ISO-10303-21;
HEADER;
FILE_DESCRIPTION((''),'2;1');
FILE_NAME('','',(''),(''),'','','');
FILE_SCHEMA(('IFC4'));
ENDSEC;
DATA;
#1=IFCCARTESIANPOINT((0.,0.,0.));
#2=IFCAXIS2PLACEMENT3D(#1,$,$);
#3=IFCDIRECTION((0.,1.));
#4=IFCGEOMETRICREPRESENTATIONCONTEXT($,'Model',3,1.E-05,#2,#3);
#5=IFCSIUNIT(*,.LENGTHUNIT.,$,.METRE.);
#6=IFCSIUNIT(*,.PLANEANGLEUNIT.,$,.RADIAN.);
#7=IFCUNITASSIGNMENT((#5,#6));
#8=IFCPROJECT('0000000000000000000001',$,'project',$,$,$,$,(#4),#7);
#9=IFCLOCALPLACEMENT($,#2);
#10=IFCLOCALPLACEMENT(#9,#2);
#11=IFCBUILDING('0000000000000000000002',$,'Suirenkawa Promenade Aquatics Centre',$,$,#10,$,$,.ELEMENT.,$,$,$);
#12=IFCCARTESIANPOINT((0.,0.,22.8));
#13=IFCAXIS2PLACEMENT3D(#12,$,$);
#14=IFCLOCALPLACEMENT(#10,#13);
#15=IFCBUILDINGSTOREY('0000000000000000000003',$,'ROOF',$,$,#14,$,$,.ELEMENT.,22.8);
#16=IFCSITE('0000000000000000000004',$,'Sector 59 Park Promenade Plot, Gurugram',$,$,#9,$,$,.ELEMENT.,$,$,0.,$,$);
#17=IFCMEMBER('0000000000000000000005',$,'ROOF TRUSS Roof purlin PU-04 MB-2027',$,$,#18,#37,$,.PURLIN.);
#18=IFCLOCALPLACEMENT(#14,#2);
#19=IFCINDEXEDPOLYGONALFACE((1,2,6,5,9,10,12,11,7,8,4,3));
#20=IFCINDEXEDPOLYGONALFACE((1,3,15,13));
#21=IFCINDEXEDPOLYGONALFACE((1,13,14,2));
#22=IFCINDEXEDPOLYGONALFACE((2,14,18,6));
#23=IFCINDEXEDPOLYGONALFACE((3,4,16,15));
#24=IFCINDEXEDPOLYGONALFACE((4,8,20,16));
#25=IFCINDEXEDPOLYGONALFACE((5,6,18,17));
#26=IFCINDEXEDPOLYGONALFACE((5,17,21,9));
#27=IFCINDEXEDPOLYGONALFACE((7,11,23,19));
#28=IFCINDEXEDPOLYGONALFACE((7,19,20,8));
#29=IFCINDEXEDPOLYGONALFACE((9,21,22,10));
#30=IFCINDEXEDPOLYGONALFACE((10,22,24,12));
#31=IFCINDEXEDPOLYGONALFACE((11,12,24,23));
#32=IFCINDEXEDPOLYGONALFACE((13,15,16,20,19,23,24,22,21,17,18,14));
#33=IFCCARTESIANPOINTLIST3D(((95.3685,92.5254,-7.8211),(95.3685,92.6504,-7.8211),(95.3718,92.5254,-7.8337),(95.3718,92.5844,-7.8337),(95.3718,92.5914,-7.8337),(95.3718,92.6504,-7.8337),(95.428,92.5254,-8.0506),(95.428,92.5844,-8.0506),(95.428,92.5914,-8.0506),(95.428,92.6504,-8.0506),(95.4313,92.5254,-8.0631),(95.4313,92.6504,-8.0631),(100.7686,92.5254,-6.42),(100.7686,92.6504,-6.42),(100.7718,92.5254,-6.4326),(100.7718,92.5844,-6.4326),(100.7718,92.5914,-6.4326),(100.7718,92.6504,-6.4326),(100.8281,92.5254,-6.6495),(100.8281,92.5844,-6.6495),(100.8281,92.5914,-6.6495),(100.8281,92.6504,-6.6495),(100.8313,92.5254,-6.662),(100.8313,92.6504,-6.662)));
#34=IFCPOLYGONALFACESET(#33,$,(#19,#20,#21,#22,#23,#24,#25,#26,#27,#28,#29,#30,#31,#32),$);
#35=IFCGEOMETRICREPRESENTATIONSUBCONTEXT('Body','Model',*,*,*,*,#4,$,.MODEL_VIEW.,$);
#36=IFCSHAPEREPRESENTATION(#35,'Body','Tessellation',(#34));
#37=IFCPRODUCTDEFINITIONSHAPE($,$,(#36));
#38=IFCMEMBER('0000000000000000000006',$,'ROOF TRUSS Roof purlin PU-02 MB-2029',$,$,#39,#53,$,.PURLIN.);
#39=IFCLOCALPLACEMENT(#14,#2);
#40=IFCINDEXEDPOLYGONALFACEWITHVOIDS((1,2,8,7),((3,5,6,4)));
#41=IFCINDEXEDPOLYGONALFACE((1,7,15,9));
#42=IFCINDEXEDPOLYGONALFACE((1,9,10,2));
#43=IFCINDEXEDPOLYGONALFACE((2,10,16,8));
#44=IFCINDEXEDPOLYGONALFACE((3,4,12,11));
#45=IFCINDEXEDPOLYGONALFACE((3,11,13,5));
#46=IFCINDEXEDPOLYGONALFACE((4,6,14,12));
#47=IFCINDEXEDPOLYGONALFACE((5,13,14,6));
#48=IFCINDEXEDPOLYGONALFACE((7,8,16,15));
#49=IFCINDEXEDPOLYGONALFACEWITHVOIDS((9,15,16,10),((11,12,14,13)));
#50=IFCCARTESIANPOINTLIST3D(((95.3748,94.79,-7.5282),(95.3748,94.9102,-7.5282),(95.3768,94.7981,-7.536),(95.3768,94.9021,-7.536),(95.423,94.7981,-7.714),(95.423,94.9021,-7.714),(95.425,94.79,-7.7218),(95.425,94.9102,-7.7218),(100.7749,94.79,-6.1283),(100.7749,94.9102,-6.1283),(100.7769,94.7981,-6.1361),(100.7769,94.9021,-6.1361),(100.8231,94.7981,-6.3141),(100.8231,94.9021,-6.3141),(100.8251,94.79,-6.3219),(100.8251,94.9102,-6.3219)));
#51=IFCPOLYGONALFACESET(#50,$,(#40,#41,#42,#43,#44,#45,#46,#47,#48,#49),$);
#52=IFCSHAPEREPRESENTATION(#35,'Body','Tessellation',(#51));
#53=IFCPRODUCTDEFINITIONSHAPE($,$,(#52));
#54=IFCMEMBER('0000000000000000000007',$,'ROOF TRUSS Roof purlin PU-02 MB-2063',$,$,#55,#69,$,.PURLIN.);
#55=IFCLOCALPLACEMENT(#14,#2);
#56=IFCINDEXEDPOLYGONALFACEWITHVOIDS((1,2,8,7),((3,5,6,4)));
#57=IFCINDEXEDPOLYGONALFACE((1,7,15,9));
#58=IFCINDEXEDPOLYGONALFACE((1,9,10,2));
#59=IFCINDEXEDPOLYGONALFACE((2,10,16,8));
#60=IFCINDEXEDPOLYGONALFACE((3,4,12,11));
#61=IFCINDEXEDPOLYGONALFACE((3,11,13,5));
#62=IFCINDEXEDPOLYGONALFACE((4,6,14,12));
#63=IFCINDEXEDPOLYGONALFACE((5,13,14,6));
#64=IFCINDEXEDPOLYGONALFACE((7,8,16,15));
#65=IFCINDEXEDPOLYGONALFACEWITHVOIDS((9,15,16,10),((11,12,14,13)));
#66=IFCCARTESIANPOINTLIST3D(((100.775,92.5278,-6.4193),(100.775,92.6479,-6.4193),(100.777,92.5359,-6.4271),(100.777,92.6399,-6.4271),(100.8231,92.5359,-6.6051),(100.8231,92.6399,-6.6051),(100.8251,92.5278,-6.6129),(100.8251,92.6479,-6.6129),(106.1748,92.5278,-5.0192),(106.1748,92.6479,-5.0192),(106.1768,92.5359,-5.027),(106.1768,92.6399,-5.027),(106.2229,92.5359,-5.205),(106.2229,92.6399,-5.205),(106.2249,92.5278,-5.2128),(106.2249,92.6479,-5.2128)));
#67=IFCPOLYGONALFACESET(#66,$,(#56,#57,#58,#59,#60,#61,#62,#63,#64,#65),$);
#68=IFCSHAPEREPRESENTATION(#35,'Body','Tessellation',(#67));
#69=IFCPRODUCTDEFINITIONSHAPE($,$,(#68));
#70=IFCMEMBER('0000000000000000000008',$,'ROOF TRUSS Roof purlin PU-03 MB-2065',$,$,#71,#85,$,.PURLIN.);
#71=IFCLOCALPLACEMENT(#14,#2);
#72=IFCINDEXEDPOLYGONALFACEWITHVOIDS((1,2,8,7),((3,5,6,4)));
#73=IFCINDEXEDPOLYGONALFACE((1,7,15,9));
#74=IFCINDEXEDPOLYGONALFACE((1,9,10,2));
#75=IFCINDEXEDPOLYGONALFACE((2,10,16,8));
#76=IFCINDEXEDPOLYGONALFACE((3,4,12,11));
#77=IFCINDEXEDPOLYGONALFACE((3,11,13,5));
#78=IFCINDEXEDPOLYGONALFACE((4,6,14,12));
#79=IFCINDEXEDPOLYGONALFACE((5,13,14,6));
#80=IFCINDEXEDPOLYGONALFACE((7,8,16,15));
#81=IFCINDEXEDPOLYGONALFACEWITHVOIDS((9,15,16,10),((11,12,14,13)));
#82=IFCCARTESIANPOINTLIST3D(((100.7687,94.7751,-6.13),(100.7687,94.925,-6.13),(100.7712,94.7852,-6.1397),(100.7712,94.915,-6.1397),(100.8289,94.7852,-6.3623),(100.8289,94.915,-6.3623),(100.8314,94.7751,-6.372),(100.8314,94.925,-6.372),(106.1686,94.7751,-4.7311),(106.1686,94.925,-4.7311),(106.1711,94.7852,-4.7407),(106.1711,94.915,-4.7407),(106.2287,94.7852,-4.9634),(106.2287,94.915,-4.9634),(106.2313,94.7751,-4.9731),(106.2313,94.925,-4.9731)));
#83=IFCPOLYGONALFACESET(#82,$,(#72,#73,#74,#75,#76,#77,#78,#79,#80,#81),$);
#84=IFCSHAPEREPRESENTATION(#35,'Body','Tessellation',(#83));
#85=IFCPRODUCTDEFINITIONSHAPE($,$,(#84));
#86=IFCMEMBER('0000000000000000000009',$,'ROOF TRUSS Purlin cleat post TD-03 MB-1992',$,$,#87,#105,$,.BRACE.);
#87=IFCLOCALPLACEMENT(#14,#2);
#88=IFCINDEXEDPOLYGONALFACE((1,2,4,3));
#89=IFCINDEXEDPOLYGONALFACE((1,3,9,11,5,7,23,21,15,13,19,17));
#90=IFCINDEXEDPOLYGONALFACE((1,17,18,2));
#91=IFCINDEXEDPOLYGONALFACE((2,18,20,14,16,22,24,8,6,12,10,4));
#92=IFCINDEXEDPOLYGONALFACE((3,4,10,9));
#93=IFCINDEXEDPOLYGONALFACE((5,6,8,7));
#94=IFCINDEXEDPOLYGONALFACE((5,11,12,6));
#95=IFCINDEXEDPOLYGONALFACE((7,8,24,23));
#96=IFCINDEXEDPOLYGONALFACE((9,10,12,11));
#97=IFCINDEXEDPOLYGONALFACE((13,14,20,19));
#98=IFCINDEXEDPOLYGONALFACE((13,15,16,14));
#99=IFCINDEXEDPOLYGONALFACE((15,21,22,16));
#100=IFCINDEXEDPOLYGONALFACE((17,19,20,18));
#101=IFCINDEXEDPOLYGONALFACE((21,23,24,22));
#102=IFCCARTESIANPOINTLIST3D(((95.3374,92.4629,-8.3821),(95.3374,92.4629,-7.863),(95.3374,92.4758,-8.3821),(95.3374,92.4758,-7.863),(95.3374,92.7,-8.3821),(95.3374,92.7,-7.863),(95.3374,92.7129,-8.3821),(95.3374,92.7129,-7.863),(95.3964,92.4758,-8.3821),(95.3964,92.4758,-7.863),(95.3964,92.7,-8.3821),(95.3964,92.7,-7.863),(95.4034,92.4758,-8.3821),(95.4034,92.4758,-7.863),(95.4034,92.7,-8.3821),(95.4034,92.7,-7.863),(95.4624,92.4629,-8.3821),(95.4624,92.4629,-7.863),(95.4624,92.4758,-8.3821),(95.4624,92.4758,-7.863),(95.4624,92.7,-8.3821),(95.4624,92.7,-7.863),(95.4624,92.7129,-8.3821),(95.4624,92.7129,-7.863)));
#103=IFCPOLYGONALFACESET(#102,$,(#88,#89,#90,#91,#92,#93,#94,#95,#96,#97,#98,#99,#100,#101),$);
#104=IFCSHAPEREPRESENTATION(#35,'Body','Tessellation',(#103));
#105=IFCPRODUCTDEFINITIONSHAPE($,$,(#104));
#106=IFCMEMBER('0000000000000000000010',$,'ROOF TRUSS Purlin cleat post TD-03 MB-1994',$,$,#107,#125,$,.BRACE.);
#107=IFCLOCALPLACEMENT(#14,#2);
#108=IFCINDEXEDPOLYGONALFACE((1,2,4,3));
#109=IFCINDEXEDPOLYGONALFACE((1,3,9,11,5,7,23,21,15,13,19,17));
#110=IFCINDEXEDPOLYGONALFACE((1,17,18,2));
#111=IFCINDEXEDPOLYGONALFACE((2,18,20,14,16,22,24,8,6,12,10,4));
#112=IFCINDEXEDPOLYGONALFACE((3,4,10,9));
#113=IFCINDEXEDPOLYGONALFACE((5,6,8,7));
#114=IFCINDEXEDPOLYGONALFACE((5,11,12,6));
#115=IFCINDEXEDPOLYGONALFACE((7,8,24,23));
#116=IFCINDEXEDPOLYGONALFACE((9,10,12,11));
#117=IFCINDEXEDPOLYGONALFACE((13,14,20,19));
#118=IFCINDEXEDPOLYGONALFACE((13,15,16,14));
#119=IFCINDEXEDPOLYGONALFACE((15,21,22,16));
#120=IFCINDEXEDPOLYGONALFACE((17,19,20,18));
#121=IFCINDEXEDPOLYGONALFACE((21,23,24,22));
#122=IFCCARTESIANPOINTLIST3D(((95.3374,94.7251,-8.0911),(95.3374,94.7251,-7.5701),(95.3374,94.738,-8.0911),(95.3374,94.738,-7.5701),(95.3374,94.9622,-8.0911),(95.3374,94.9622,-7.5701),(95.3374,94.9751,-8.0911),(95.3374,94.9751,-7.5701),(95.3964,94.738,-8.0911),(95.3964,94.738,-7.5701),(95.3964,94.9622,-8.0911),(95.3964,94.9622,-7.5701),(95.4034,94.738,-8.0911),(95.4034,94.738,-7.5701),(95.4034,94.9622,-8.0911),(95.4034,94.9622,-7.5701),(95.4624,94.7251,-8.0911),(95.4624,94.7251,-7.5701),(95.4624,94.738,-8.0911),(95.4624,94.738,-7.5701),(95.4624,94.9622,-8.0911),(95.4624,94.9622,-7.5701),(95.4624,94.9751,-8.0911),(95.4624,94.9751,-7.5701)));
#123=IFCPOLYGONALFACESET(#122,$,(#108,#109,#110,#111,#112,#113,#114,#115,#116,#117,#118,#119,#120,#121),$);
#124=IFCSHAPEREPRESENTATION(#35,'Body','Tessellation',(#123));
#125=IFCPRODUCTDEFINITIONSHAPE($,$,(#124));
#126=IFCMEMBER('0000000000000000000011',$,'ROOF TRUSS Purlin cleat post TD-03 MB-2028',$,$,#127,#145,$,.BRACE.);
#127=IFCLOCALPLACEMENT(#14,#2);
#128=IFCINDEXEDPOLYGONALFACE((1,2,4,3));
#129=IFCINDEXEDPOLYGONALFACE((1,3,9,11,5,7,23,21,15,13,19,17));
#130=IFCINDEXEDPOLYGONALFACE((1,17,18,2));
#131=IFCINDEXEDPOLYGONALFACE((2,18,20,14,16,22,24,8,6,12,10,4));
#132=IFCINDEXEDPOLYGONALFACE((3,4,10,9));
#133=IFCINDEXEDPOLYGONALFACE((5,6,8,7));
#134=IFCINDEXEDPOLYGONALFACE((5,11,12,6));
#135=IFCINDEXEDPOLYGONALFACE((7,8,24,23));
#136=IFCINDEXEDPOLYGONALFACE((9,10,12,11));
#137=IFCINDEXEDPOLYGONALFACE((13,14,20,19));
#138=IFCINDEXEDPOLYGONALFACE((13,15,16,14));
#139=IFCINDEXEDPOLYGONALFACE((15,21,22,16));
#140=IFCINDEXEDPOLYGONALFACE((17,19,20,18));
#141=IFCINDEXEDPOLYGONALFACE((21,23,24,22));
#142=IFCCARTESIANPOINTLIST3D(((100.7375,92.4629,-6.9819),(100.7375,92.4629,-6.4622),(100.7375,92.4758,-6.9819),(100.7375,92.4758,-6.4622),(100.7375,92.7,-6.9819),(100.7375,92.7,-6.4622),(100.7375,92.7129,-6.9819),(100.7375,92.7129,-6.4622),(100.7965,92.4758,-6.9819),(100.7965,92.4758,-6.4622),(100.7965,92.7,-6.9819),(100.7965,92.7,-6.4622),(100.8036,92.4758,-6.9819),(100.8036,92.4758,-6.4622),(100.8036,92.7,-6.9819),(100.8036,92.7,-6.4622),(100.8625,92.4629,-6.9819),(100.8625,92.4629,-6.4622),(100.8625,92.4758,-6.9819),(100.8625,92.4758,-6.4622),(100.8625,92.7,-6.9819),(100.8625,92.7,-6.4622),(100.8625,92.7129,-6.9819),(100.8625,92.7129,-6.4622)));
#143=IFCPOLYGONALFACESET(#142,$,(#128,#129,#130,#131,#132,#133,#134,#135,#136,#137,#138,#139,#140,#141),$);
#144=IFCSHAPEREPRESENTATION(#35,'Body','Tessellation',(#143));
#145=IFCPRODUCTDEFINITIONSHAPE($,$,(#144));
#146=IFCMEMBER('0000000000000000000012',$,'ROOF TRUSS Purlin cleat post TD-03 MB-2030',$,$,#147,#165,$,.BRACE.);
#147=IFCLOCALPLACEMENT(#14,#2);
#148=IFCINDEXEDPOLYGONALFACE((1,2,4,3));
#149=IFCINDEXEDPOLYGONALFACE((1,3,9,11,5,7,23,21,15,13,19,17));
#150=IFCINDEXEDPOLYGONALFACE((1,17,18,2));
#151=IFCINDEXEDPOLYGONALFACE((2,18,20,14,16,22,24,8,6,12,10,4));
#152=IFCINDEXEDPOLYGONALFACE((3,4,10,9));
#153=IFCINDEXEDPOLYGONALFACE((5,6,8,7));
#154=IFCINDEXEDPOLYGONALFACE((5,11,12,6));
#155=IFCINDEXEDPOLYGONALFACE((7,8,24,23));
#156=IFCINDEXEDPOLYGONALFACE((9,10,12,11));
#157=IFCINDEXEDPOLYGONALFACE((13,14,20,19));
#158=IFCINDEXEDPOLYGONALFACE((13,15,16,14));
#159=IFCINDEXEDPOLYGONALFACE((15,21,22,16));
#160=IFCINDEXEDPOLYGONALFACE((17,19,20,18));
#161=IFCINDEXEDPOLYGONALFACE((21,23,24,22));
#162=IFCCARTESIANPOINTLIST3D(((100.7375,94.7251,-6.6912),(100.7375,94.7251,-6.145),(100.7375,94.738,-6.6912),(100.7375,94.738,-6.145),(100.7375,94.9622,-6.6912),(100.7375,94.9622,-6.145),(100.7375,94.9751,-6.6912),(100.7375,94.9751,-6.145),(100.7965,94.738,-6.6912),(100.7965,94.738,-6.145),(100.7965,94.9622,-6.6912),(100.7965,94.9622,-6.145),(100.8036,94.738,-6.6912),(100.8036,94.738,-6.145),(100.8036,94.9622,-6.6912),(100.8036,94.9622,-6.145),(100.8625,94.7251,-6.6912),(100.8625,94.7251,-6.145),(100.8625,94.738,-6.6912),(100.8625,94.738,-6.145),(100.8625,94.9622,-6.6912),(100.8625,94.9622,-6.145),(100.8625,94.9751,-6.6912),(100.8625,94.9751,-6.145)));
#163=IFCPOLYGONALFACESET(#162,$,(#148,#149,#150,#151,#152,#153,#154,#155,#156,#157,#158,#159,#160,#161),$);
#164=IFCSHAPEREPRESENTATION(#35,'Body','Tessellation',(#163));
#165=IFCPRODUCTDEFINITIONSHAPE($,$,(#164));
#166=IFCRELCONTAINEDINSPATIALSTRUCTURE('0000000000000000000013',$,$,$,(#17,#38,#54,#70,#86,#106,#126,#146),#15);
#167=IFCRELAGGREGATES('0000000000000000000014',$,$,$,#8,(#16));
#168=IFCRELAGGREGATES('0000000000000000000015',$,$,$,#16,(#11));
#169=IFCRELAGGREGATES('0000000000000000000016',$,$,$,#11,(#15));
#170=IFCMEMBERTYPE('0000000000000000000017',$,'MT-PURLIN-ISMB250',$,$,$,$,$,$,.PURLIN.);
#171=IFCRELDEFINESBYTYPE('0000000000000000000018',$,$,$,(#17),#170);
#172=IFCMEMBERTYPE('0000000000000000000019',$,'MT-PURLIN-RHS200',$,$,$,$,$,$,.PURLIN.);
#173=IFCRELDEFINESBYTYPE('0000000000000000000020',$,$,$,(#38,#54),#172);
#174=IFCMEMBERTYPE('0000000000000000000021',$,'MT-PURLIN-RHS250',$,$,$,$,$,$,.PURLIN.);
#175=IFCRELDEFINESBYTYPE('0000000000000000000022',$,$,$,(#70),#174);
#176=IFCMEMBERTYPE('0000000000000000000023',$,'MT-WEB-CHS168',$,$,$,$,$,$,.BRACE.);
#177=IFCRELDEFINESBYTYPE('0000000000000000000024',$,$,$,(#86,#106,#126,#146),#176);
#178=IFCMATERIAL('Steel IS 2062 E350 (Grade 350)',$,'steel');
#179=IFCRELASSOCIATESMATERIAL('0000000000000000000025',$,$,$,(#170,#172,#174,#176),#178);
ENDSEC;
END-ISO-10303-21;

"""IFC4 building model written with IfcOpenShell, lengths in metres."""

from ifc_helpers import new_model, si_unit, direction, frame, origin, origin_2d, place, context, subcontext, project, spatial, hollow_rectangle, i_section, extrude, material, material_profile, profile_set, type_object, element, save


model = new_model("IFC4")

# Units and contexts
model_context = context("Model", 3, precision=1e-05, world=origin(), true_north=direction((0.0, 1.0)))
body_context = subcontext(model_context, "Body", "Model", "MODEL_VIEW")
ifc_project = project(units=[si_unit("LENGTHUNIT", "METRE"), si_unit("PLANEANGLEUNIT", "RADIAN")], contexts=[model_context])

# Site, building, storey
site_placement = place(None, origin())
site = spatial("IfcSite", under=ifc_project, at=site_placement, Name="Sector 59 Park Promenade Plot, Gurugram", CompositionType="ELEMENT", RefElevation=0.0)
building_placement = place(site_placement, origin())
building = spatial("IfcBuilding", under=site, at=building_placement, Name="Suirenkawa Promenade Aquatics Centre", CompositionType="ELEMENT")
storey_placement = place(building_placement, frame((0.0, 0.0, 22.8)))
storey = spatial("IfcBuildingStorey", under=building, at=storey_placement, Name="ROOF", CompositionType="ELEMENT", Elevation=22.8)

# Shared definitions
ifc_material = material(Name="Steel IS 2062 E350 (Grade 350)", Category="steel")

# Members
ifc_material_profile_1 = material_profile(ifc_material, i_section(OverallWidth=0.125, OverallDepth=0.25, WebThickness=0.0071, FlangeThickness=0.0129, at=origin_2d()), Name="ISMB 250", Category="steel")
ifc_profile_set_1 = profile_set([ifc_material_profile_1], Name="Steel IS 2062 E350 (Grade 350)")
member_type_1 = type_object("IfcMemberType", Name="MT-PURLIN-ISMB250", PredefinedType="PURLIN", material=ifc_profile_set_1)
member_1_placement = place(storey_placement, frame((95.3999, 92.5879, -7.9421), z_axis=(0.96795, 0.0, 0.251144), x_axis=(0.0, 1.0, 0.0)))
element("IfcMember", 1, at=member_1_placement, inside=storey, type_object=member_type_1, Name="ROOF TRUSS Roof purlin PU-04 MB-2027", PredefinedType="PURLIN", context=body_context, shape_type="SweptSolid", body=[
    extrude(i_section(OverallWidth=0.125, OverallDepth=0.25, WebThickness=0.0071, FlangeThickness=0.0129, at=origin_2d()), origin(), (0.0, 0.0, 1.0), 5.5789),
])
ifc_material_profile_2 = material_profile(ifc_material, hollow_rectangle(XDim=0.1201, YDim=0.2, WallThickness=0.0081, at=origin_2d()), Name="RHS 200x120x8", Category="steel")
ifc_profile_set_2 = profile_set([ifc_material_profile_2], Name="Steel IS 2062 E350 (Grade 350)")
member_type_2 = type_object("IfcMemberType", Name="MT-PURLIN-RHS200", PredefinedType="PURLIN", material=ifc_profile_set_2)
member_2_placement = place(storey_placement, frame((95.3999, 94.8501, -7.625), z_axis=(0.968003, 0.0, 0.250939), x_axis=(0.0, 1.0, 0.0)))
element("IfcMember", 2, at=member_2_placement, inside=storey, type_object=member_type_2, Name="ROOF TRUSS Roof purlin PU-02 MB-2029", PredefinedType="PURLIN", context=body_context, shape_type="SweptSolid", body=[
    extrude(hollow_rectangle(XDim=0.1201, YDim=0.2, WallThickness=0.0081, at=origin_2d()), origin(), (0.0, 0.0, 1.0), 5.5786),
])
member_3_placement = place(storey_placement, frame((100.8, 92.5879, -6.5161), z_axis=(0.967989, 0.0, 0.250991), x_axis=(0.0, 1.0, 0.0)))
element("IfcMember", 3, at=member_3_placement, inside=storey, type_object=member_type_2, Name="ROOF TRUSS Roof purlin PU-02 MB-2063", PredefinedType="PURLIN", context=body_context, shape_type="SweptSolid", body=[
    extrude(hollow_rectangle(XDim=0.1201, YDim=0.2, WallThickness=0.0081, at=origin_2d()), origin(), (0.0, 0.0, 1.0), 5.5784),
])
ifc_material_profile_3 = material_profile(ifc_material, hollow_rectangle(XDim=0.1499, YDim=0.25, WallThickness=0.01, at=origin_2d()), Name="RHS 250x150x10", Category="steel")
ifc_profile_set_3 = profile_set([ifc_material_profile_3], Name="Steel IS 2062 E350 (Grade 350)")
member_type_3 = type_object("IfcMemberType", Name="MT-PURLIN-RHS250", PredefinedType="PURLIN", material=ifc_profile_set_3)
member_4_placement = place(storey_placement, frame((100.8, 94.8501, -6.251), z_axis=(0.968043, 0.0, 0.250786), x_axis=(0.0, 1.0, 0.0)))
element("IfcMember", 4, at=member_4_placement, inside=storey, type_object=member_type_3, Name="ROOF TRUSS Roof purlin PU-03 MB-2065", PredefinedType="PURLIN", context=body_context, shape_type="SweptSolid", body=[
    extrude(hollow_rectangle(XDim=0.1499, YDim=0.25, WallThickness=0.01, at=origin_2d()), origin(), (0.0, 0.0, 1.0), 5.5781),
])
ifc_material_profile_4 = material_profile(ifc_material, i_section(OverallWidth=0.125, OverallDepth=0.25, WebThickness=0.0071, FlangeThickness=0.0129, at=origin_2d()), Name="ISMB 250", Category="steel")
ifc_profile_set_4 = profile_set([ifc_material_profile_4], Name="Steel IS 2062 E350 (Grade 350)")
member_type_4 = type_object("IfcMemberType", Name="MT-WEB-CHS168", PredefinedType="BRACE", material=ifc_profile_set_4)
member_5_placement = place(storey_placement, frame((95.3999, 92.5879, -8.3821), z_axis=(0.0, 0.0, 1.0), x_axis=(1.0, 0.0, 0.0)))
element("IfcMember", 5, at=member_5_placement, inside=storey, type_object=member_type_4, Name="ROOF TRUSS Purlin cleat post TD-03 MB-1992", PredefinedType="BRACE", context=body_context, shape_type="SweptSolid", body=[
    extrude(i_section(OverallWidth=0.125, OverallDepth=0.25, WebThickness=0.0071, FlangeThickness=0.0129, at=origin_2d()), origin(), (0.0, 0.0, 1.0), 0.519),
])
member_6_placement = place(storey_placement, frame((95.3999, 94.8501, -8.0911), z_axis=(0.0, 0.0, 1.0), x_axis=(1.0, 0.0, 0.0)))
element("IfcMember", 6, at=member_6_placement, inside=storey, type_object=member_type_4, Name="ROOF TRUSS Purlin cleat post TD-03 MB-1994", PredefinedType="BRACE", context=body_context, shape_type="SweptSolid", body=[
    extrude(i_section(OverallWidth=0.125, OverallDepth=0.25, WebThickness=0.0071, FlangeThickness=0.0129, at=origin_2d()), origin(), (0.0, 0.0, 1.0), 0.521),
])
member_7_placement = place(storey_placement, frame((100.8, 92.5879, -6.9819), z_axis=(0.0, 0.0, 1.0), x_axis=(1.0, 0.0, 0.0)))
element("IfcMember", 7, at=member_7_placement, inside=storey, type_object=member_type_4, Name="ROOF TRUSS Purlin cleat post TD-03 MB-2028", PredefinedType="BRACE", context=body_context, shape_type="SweptSolid", body=[
    extrude(i_section(OverallWidth=0.125, OverallDepth=0.25, WebThickness=0.0071, FlangeThickness=0.0129, at=origin_2d()), origin(), (0.0, 0.0, 1.0), 0.5198),
])
member_8_placement = place(storey_placement, frame((100.8, 94.8501, -6.6912), z_axis=(0.0, 0.0, 1.0), x_axis=(1.0, 0.0, 0.0)))
element("IfcMember", 8, at=member_8_placement, inside=storey, type_object=member_type_4, Name="ROOF TRUSS Purlin cleat post TD-03 MB-2030", PredefinedType="BRACE", context=body_context, shape_type="SweptSolid", body=[
    extrude(i_section(OverallWidth=0.125, OverallDepth=0.25, WebThickness=0.0071, FlangeThickness=0.0129, at=origin_2d()), origin(), (0.0, 0.0, 1.0), 0.5461),
])

save(model, "model.ifc")
